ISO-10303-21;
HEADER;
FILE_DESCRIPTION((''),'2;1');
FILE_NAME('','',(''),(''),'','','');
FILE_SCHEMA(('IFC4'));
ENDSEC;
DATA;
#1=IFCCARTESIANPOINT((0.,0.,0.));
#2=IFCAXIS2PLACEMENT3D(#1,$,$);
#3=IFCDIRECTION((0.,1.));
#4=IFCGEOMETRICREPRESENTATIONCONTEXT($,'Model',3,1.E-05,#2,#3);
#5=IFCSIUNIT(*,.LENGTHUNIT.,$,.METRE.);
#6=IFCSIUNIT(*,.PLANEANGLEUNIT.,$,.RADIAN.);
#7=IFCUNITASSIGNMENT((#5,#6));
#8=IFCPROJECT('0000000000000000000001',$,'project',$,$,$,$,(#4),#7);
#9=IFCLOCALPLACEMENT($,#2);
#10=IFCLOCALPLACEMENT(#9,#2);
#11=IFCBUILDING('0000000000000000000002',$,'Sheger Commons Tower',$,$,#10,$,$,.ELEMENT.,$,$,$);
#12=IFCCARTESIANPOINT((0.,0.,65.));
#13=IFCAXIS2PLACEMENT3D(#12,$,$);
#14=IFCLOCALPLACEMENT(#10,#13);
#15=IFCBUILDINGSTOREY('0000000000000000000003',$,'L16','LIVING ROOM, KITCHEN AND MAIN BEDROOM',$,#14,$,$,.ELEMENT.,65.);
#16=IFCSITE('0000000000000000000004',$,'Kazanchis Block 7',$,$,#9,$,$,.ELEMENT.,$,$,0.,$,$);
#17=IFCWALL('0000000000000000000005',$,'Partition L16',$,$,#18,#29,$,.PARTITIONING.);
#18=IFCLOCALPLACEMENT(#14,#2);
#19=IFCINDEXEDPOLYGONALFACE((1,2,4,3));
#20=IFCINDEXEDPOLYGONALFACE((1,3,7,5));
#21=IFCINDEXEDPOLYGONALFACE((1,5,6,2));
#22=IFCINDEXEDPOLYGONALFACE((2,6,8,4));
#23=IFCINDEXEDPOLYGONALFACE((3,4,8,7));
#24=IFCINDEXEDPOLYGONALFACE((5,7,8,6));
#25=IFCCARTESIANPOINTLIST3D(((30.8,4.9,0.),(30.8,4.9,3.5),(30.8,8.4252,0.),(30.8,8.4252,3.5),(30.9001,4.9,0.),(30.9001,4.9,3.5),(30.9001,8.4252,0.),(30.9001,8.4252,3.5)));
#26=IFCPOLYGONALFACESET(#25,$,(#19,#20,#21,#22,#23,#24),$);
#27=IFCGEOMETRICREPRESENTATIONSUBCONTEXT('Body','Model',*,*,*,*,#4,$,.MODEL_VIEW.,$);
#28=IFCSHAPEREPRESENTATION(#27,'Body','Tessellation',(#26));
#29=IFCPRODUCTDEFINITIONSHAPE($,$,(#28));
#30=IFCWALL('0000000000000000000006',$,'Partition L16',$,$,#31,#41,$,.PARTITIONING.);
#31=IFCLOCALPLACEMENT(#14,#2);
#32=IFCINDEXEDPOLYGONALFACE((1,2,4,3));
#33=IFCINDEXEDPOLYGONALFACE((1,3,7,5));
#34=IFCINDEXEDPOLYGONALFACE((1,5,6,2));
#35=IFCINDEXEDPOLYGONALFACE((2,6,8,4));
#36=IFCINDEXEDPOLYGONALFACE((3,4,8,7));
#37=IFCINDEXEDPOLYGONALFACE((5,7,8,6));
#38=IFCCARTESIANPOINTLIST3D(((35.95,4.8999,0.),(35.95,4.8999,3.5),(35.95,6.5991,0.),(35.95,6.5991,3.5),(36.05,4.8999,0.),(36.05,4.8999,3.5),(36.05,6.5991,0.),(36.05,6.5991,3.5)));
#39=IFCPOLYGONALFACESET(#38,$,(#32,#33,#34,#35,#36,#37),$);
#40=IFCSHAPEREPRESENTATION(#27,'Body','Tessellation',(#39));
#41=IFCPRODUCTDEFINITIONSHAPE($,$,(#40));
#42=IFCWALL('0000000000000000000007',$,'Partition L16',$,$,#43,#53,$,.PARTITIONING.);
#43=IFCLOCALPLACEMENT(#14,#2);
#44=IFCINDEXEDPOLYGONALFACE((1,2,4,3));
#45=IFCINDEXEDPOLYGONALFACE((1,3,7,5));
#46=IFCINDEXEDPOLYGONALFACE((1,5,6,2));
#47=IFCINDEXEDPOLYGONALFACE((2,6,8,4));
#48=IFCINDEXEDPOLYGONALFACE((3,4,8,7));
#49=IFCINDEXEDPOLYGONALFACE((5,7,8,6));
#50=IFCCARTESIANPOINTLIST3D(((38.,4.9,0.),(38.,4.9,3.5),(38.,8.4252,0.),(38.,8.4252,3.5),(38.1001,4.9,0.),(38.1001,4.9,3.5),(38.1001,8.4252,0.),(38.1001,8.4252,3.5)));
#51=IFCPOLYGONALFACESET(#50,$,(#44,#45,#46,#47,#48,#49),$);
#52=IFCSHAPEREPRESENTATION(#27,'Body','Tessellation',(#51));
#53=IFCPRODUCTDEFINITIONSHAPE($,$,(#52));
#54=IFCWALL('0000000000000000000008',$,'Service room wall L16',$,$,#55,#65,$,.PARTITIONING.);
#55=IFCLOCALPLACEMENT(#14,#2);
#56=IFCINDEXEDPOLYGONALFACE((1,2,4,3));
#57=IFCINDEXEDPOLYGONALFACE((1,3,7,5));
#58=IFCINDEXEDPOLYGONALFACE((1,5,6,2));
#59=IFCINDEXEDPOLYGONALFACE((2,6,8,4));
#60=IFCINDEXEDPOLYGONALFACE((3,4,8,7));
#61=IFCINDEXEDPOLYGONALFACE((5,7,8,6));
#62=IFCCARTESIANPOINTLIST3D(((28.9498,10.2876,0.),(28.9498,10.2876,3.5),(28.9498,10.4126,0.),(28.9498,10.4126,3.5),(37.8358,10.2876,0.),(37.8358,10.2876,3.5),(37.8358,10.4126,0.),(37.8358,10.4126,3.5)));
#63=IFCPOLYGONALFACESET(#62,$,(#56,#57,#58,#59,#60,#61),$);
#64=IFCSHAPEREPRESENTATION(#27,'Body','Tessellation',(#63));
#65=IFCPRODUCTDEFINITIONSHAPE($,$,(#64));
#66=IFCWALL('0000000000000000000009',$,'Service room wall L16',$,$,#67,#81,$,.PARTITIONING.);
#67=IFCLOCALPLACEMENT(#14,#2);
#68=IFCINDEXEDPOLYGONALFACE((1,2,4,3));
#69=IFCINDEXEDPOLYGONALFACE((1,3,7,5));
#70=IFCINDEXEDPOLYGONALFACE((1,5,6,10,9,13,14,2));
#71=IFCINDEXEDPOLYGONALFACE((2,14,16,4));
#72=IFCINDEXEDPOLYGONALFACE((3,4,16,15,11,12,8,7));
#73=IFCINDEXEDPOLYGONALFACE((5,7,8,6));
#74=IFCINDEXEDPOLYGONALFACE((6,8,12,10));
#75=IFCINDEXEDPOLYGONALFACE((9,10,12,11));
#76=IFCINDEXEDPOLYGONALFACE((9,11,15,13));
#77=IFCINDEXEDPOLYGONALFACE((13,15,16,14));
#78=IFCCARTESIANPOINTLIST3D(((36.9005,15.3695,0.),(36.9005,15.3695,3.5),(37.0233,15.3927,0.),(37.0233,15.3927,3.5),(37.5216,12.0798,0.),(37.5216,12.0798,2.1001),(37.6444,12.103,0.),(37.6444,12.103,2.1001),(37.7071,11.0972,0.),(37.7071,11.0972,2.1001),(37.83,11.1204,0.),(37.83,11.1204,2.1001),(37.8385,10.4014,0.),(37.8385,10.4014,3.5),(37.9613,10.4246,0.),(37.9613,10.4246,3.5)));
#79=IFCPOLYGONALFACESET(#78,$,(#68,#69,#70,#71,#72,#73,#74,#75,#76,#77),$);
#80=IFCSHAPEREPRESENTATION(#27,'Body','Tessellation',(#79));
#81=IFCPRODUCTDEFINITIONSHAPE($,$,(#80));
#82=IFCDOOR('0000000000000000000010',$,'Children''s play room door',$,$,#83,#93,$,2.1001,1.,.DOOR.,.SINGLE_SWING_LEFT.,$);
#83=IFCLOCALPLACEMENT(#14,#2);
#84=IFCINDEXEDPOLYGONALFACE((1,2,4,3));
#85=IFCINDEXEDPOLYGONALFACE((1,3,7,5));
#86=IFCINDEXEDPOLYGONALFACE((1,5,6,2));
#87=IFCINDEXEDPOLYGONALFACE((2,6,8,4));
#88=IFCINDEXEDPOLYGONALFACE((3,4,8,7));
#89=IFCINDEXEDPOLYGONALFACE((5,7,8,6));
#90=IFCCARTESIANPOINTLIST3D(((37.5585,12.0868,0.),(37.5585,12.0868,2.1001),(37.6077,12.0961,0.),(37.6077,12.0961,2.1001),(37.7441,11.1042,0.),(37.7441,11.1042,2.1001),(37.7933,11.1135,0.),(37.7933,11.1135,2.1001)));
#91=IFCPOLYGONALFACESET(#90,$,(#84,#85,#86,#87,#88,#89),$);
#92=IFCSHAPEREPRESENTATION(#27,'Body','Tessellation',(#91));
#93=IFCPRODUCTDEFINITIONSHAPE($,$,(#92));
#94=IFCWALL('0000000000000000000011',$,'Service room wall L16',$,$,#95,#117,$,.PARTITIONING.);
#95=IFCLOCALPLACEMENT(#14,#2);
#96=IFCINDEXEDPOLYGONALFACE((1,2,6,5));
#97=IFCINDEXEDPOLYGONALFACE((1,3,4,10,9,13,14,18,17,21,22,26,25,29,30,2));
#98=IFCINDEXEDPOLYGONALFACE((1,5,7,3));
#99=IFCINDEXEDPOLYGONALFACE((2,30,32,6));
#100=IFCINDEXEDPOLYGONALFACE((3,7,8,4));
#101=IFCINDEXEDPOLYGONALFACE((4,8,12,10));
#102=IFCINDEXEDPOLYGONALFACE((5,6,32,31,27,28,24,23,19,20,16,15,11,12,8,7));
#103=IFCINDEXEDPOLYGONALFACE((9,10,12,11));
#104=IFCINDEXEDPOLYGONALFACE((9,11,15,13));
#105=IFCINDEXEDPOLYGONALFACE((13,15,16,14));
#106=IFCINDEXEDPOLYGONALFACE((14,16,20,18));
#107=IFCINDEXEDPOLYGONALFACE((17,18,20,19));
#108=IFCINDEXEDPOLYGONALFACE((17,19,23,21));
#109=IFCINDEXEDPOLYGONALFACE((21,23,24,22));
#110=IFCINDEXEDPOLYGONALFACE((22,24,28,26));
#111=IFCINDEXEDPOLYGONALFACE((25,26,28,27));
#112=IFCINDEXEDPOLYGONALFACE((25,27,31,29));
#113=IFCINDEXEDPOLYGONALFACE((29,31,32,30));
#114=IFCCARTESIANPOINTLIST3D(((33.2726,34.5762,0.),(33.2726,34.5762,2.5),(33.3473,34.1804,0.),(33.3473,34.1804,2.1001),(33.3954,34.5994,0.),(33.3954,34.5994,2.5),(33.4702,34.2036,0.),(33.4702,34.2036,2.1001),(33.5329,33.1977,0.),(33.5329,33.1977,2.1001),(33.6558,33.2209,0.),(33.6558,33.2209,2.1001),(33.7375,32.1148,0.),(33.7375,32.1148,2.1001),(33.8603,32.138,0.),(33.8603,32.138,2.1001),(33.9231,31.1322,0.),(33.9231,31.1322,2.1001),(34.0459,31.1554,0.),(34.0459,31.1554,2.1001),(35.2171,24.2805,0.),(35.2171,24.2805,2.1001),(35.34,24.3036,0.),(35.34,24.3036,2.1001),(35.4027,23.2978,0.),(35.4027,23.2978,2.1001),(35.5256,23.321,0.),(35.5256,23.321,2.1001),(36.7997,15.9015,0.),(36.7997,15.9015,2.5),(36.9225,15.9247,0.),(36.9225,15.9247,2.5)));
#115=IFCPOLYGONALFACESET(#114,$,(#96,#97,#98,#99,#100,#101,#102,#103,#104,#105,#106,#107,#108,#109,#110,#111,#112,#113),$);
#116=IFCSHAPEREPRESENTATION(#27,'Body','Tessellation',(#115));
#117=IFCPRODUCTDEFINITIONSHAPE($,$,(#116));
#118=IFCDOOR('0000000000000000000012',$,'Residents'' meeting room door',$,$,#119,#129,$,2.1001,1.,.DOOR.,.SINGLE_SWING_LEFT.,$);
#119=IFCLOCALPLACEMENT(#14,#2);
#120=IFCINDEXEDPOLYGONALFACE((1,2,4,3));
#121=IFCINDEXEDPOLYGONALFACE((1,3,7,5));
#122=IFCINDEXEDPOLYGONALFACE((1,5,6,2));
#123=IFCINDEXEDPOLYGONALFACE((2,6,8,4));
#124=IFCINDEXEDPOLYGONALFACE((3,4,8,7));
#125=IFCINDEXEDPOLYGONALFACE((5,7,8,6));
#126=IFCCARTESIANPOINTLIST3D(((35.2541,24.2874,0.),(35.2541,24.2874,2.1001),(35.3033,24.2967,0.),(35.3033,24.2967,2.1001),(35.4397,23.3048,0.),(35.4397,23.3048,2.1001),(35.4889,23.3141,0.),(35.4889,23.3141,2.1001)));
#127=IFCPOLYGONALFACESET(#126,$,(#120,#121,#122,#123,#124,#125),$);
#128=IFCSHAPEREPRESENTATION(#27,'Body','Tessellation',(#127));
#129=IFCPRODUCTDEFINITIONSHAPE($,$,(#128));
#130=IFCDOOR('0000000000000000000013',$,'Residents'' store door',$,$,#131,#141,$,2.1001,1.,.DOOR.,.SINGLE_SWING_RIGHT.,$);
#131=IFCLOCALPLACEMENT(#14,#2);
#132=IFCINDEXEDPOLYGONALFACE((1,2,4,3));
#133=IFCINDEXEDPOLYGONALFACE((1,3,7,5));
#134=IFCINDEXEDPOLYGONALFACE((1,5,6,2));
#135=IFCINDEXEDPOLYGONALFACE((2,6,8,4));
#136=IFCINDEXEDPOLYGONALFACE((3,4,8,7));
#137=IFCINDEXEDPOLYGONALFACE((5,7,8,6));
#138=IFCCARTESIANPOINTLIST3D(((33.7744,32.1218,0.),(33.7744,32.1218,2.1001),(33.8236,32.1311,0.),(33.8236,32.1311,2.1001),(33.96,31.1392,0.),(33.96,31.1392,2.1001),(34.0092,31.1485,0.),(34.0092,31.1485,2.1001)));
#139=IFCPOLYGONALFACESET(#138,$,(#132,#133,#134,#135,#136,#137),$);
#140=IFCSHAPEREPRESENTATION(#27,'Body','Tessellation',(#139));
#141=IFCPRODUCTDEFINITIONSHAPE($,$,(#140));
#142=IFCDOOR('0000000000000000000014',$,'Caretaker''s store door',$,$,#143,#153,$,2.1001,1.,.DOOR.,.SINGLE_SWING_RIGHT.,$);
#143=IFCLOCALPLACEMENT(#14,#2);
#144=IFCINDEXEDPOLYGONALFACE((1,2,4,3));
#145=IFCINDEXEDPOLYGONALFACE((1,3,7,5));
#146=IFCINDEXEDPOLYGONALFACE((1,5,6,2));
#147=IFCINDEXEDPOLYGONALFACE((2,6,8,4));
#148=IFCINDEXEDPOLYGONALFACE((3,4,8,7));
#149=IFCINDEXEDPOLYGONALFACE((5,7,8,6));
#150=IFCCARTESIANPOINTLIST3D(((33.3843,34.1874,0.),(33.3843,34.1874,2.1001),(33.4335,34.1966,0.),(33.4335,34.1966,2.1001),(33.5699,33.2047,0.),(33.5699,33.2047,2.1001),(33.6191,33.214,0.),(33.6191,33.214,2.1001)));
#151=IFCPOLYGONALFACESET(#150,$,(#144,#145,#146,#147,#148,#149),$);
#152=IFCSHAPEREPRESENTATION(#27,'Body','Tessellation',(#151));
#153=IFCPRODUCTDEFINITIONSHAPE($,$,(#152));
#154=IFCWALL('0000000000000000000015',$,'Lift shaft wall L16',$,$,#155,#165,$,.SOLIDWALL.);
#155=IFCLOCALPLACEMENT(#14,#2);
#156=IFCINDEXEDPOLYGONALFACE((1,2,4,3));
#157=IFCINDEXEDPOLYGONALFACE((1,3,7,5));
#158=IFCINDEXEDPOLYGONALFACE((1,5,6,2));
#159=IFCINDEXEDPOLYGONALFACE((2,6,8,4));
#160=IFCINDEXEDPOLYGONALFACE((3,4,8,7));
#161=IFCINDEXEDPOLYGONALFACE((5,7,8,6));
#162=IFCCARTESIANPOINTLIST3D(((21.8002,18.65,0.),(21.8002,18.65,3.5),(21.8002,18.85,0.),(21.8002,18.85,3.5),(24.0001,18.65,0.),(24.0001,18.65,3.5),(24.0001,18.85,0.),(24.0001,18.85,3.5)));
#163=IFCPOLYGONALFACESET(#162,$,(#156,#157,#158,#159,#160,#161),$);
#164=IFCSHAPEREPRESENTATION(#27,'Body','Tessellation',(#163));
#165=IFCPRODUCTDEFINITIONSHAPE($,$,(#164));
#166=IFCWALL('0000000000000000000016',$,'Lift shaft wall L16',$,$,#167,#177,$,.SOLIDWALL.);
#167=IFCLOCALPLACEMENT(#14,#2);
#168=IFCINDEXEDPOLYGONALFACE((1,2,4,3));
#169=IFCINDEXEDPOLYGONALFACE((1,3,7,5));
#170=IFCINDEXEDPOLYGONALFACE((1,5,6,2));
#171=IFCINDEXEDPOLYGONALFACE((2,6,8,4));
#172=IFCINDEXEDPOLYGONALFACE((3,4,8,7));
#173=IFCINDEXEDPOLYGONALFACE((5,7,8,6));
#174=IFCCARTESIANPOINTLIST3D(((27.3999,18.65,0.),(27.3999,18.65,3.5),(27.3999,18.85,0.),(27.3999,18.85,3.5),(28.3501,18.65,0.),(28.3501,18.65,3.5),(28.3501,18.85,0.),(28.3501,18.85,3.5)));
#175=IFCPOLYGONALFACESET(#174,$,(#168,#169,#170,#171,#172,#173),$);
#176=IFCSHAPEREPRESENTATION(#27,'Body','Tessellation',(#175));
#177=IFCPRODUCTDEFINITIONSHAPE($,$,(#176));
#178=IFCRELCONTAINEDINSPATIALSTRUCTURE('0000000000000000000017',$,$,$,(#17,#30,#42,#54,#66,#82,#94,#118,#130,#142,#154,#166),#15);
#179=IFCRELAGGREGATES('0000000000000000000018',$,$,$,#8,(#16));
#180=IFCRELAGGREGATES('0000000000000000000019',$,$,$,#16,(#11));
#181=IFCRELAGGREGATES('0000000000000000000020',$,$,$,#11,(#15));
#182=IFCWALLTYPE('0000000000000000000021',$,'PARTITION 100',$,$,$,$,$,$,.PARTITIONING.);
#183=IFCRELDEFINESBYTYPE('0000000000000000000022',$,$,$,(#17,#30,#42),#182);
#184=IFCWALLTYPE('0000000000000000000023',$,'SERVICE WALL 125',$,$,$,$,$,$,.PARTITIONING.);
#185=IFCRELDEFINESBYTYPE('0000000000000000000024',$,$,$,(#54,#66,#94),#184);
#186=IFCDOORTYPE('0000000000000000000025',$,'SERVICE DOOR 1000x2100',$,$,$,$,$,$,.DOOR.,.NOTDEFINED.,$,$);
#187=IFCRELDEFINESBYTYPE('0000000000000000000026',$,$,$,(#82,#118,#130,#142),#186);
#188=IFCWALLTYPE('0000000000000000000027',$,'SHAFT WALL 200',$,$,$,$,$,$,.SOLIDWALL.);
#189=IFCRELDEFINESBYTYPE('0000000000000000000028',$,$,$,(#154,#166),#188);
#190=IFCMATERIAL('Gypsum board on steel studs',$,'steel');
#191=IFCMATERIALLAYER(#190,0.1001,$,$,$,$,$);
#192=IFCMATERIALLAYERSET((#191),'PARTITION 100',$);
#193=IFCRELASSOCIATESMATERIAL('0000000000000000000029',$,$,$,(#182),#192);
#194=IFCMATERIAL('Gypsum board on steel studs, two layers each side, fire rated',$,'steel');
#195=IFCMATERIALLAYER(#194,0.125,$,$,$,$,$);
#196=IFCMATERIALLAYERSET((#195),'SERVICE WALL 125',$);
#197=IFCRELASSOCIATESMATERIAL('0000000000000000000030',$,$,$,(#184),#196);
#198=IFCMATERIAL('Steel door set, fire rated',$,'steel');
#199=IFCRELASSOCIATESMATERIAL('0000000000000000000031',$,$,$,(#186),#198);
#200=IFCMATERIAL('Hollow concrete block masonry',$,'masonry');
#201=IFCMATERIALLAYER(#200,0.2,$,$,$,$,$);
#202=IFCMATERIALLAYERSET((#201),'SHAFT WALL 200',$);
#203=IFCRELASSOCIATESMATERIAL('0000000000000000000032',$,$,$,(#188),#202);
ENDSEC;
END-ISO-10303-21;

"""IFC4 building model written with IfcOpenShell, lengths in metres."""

from ifc_helpers import new_model, si_unit, direction, frame, frame_2d, origin, place, context, subcontext, project, spatial, rectangle, extrude, material, layer, layer_set, type_object, element, fill, save


model = new_model("IFC4")

# Units and contexts
model_context = context("Model", 3, precision=1e-05, world=origin(), true_north=direction((0.0, 1.0)))
body_context = subcontext(model_context, "Body", "Model", "MODEL_VIEW")
ifc_project = project(units=[si_unit("LENGTHUNIT", "METRE"), si_unit("PLANEANGLEUNIT", "RADIAN")], contexts=[model_context])

# Site, building, storey
site_placement = place(None, origin())
site = spatial("IfcSite", under=ifc_project, at=site_placement, Name="Kazanchis Block 7", CompositionType="ELEMENT", RefElevation=0.0)
building_placement = place(site_placement, origin())
building = spatial("IfcBuilding", under=site, at=building_placement, Name="Sheger Commons Tower", CompositionType="ELEMENT")
storey_placement = place(building_placement, frame((0.0, 0.0, 65.0)))
storey = spatial("IfcBuildingStorey", under=building, at=storey_placement, Name="L16", Description="LIVING ROOM, KITCHEN AND MAIN BEDROOM", CompositionType="ELEMENT", Elevation=65.0)

# Walls
ifc_material_1 = material(Name="Gypsum board on steel studs", Category="steel")
ifc_layer_1 = layer(ifc_material_1, 0.1001)
ifc_layer_set_1 = layer_set([ifc_layer_1], Name="PARTITION 100")
wall_type_1 = type_object("IfcWallType", Name="PARTITION 100", PredefinedType="PARTITIONING", material=ifc_layer_set_1)
wall_1_placement = place(storey_placement, frame((30.8501, 4.8999, 0.0), z_axis=(0.0, 0.0, 1.0), x_axis=(0.0, 1.0, 0.0)))
element("IfcWall", 1, at=wall_1_placement, inside=storey, type_object=wall_type_1, Name="Partition L16", PredefinedType="PARTITIONING", context=body_context, shape_type="SweptSolid", body=[
    extrude(rectangle(XDim=3.5251, YDim=0.1001, at=frame_2d((1.7627, 0.0))), origin(), (0.0, 0.0, 1.0), 3.5),
])
wall_2_placement = place(storey_placement, frame((36.0, 4.8999, 0.0), z_axis=(0.0, 0.0, 1.0), x_axis=(0.0, 1.0, 0.0)))
element("IfcWall", 2, at=wall_2_placement, inside=storey, type_object=wall_type_1, Name="Partition L16", PredefinedType="PARTITIONING", context=body_context, shape_type="SweptSolid", body=[
    extrude(rectangle(XDim=1.6992, YDim=0.1001, at=frame_2d((0.8496, 0.0))), origin(), (0.0, 0.0, 1.0), 3.5),
])
wall_3_placement = place(storey_placement, frame((38.05, 4.8999, 0.0), z_axis=(0.0, 0.0, 1.0), x_axis=(0.0, 1.0, 0.0)))
element("IfcWall", 3, at=wall_3_placement, inside=storey, type_object=wall_type_1, Name="Partition L16", PredefinedType="PARTITIONING", context=body_context, shape_type="SweptSolid", body=[
    extrude(rectangle(XDim=3.5251, YDim=0.1001, at=frame_2d((1.7627, 0.0))), origin(), (0.0, 0.0, 1.0), 3.5),
])
ifc_material_2 = material(Name="Gypsum board on steel studs, two layers each side, fire rated", Category="steel")
ifc_layer_2 = layer(ifc_material_2, 0.125)
ifc_layer_set_2 = layer_set([ifc_layer_2], Name="SERVICE WALL 125")
wall_type_2 = type_object("IfcWallType", Name="SERVICE WALL 125", PredefinedType="PARTITIONING", material=ifc_layer_set_2)
wall_4_placement = place(storey_placement, frame((28.95, 10.3501, 0.0), z_axis=(0.0, 0.0, 1.0), x_axis=(1.0, 0.0, 0.0)))
element("IfcWall", 4, at=wall_4_placement, inside=storey, type_object=wall_type_2, Name="Service room wall L16", PredefinedType="PARTITIONING", context=body_context, shape_type="SweptSolid", body=[
    extrude(rectangle(XDim=8.886, YDim=0.125, at=frame_2d((4.4429, 0.0))), origin(), (0.0, 0.0, 1.0), 3.5),
])

# Wall, opening, door
wall_5_placement = place(storey_placement, frame((37.8999, 10.4131, 0.0), z_axis=(0.0, 0.0, 1.0), x_axis=(-0.185528, 0.982639, 0.0)))
wall_5 = element("IfcWall", 5, at=wall_5_placement, inside=storey, type_object=wall_type_2, Name="Service room wall L16", PredefinedType="PARTITIONING", context=body_context, shape_type="SweptSolid", body=[
    extrude(rectangle(XDim=5.0559, YDim=0.125, at=frame_2d((2.5278, 0.0))), origin(), (0.0, 0.0, 1.0), 3.5),
])
opening_1_placement = place(wall_5_placement, frame((0.708, 0.0, 0.0)))
opening_1 = element("IfcOpeningElement", 6, at=opening_1_placement, cuts=wall_5, PredefinedType="OPENING", context=body_context, shape_type="SweptSolid", body=[
    extrude(rectangle(XDim=1.0, YDim=2.1001, at=frame_2d((0.5, 1.05))), frame((0.0, 0.0725, 0.0), z_axis=(0.0, -1.0, 0.0), x_axis=(1.0, 0.0, 0.0)), (0.0, 0.0, 1.0), 0.145),
])
ifc_material_3 = material(Name="Steel door set, fire rated", Category="steel")
door_type_1 = type_object("IfcDoorType", Name="SERVICE DOOR 1000x2100", OperationType="NOTDEFINED", PredefinedType="DOOR", material=ifc_material_3)
door_1_placement = place(opening_1_placement, origin())
door_1 = element("IfcDoor", 7, at=door_1_placement, inside=storey, type_object=door_type_1, Name="Children's play room door", OperationType="SINGLE_SWING_LEFT", OverallHeight=2.1001, OverallWidth=1.0, PredefinedType="DOOR", context=body_context, shape_type="SweptSolid", body=[
    extrude(rectangle(XDim=1.0, YDim=2.1001, at=frame_2d((0.5, 1.05))), frame((0.0, 0.0249, 0.0), z_axis=(0.0, -1.0, 0.0), x_axis=(1.0, 0.0, 0.0)), (0.0, 0.0, 1.0), 0.05),
])
fill(opening_1, door_1)

# Wall, openings, doors
wall_6_placement = place(storey_placement, frame((36.8611, 15.9131, 0.0), z_axis=(0.0, 0.0, 1.0), x_axis=(-0.185588, 0.982628, 0.0)))
wall_6 = element("IfcWall", 8, at=wall_6_placement, inside=storey, type_object=wall_type_2, Name="Service room wall L16", PredefinedType="PARTITIONING", context=body_context, shape_type="SweptSolid", body=[
    extrude(rectangle(XDim=19.0049, YDim=0.125, at=frame_2d((9.5024, 0.0))), origin(), (0.0, 0.0, 1.0), 2.5),
])
opening_2_placement = place(wall_6_placement, frame((7.5271, 0.0, 0.0)))
opening_2 = element("IfcOpeningElement", 9, at=opening_2_placement, cuts=wall_6, PredefinedType="OPENING", context=body_context, shape_type="SweptSolid", body=[
    extrude(rectangle(XDim=1.0, YDim=2.1001, at=frame_2d((0.5, 1.05))), frame((0.0, 0.0725, 0.0), z_axis=(0.0, -1.0, 0.0), x_axis=(1.0, 0.0, 0.0)), (0.0, 0.0, 1.0), 0.145),
])
opening_3_placement = place(wall_6_placement, frame((15.5, 0.0, 0.0)))
opening_3 = element("IfcOpeningElement", 10, at=opening_3_placement, cuts=wall_6, PredefinedType="OPENING", context=body_context, shape_type="SweptSolid", body=[
    extrude(rectangle(XDim=1.0, YDim=2.1001, at=frame_2d((0.5, 1.05))), frame((0.0, 0.0725, 0.0), z_axis=(0.0, -1.0, 0.0), x_axis=(1.0, 0.0, 0.0)), (0.0, 0.0, 1.0), 0.145),
])
opening_4_placement = place(wall_6_placement, frame((17.6021, 0.0, 0.0)))
opening_4 = element("IfcOpeningElement", 11, at=opening_4_placement, cuts=wall_6, PredefinedType="OPENING", context=body_context, shape_type="SweptSolid", body=[
    extrude(rectangle(XDim=1.0, YDim=2.1001, at=frame_2d((0.5, 1.05))), frame((0.0, 0.0725, 0.0), z_axis=(0.0, -1.0, 0.0), x_axis=(1.0, 0.0, 0.0)), (0.0, 0.0, 1.0), 0.145),
])
door_2_placement = place(opening_2_placement, origin())
door_2 = element("IfcDoor", 12, at=door_2_placement, inside=storey, type_object=door_type_1, Name="Residents' meeting room door", OperationType="SINGLE_SWING_LEFT", OverallHeight=2.1001, OverallWidth=1.0, PredefinedType="DOOR", context=body_context, shape_type="SweptSolid", body=[
    extrude(rectangle(XDim=1.0, YDim=2.1001, at=frame_2d((0.5, 1.05))), frame((0.0, 0.0249, 0.0), z_axis=(0.0, -1.0, 0.0), x_axis=(1.0, 0.0, 0.0)), (0.0, 0.0, 1.0), 0.05),
])
fill(opening_2, door_2)
door_3_placement = place(opening_3_placement, origin())
door_3 = element("IfcDoor", 13, at=door_3_placement, inside=storey, type_object=door_type_1, Name="Residents' store door", OperationType="SINGLE_SWING_RIGHT", OverallHeight=2.1001, OverallWidth=1.0, PredefinedType="DOOR", context=body_context, shape_type="SweptSolid", body=[
    extrude(rectangle(XDim=1.0, YDim=2.1001, at=frame_2d((0.5, 1.05))), frame((0.0, 0.0249, 0.0), z_axis=(0.0, -1.0, 0.0), x_axis=(1.0, 0.0, 0.0)), (0.0, 0.0, 1.0), 0.05),
])
fill(opening_3, door_3)
door_4_placement = place(opening_4_placement, origin())
door_4 = element("IfcDoor", 14, at=door_4_placement, inside=storey, type_object=door_type_1, Name="Caretaker's store door", OperationType="SINGLE_SWING_RIGHT", OverallHeight=2.1001, OverallWidth=1.0, PredefinedType="DOOR", context=body_context, shape_type="SweptSolid", body=[
    extrude(rectangle(XDim=1.0, YDim=2.1001, at=frame_2d((0.5, 1.05))), frame((0.0, 0.0249, 0.0), z_axis=(0.0, -1.0, 0.0), x_axis=(1.0, 0.0, 0.0)), (0.0, 0.0, 1.0), 0.05),
])
fill(opening_4, door_4)

# Walls
ifc_material_4 = material(Name="Hollow concrete block masonry", Category="masonry")
ifc_layer_3 = layer(ifc_material_4, 0.2)
ifc_layer_set_3 = layer_set([ifc_layer_3], Name="SHAFT WALL 200")
wall_type_3 = type_object("IfcWallType", Name="SHAFT WALL 200", PredefinedType="SOLIDWALL", material=ifc_layer_set_3)
wall_7_placement = place(storey_placement, frame((21.8, 18.75, 0.0), z_axis=(0.0, 0.0, 1.0), x_axis=(1.0, 0.0, 0.0)))
element("IfcWall", 15, at=wall_7_placement, inside=storey, type_object=wall_type_3, Name="Lift shaft wall L16", PredefinedType="SOLIDWALL", context=body_context, shape_type="SweptSolid", body=[
    extrude(rectangle(XDim=2.2, YDim=0.2, at=frame_2d((1.1001, 0.0))), origin(), (0.0, 0.0, 1.0), 3.5),
])
wall_8_placement = place(storey_placement, frame((27.3999, 18.75, 0.0), z_axis=(0.0, 0.0, 1.0), x_axis=(1.0, 0.0, 0.0)))
element("IfcWall", 16, at=wall_8_placement, inside=storey, type_object=wall_type_3, Name="Lift shaft wall L16", PredefinedType="SOLIDWALL", context=body_context, shape_type="SweptSolid", body=[
    extrude(rectangle(XDim=0.9502, YDim=0.2, at=frame_2d((0.4751, 0.0))), origin(), (0.0, 0.0, 1.0), 3.5),
])

save(model, "model.ifc")
